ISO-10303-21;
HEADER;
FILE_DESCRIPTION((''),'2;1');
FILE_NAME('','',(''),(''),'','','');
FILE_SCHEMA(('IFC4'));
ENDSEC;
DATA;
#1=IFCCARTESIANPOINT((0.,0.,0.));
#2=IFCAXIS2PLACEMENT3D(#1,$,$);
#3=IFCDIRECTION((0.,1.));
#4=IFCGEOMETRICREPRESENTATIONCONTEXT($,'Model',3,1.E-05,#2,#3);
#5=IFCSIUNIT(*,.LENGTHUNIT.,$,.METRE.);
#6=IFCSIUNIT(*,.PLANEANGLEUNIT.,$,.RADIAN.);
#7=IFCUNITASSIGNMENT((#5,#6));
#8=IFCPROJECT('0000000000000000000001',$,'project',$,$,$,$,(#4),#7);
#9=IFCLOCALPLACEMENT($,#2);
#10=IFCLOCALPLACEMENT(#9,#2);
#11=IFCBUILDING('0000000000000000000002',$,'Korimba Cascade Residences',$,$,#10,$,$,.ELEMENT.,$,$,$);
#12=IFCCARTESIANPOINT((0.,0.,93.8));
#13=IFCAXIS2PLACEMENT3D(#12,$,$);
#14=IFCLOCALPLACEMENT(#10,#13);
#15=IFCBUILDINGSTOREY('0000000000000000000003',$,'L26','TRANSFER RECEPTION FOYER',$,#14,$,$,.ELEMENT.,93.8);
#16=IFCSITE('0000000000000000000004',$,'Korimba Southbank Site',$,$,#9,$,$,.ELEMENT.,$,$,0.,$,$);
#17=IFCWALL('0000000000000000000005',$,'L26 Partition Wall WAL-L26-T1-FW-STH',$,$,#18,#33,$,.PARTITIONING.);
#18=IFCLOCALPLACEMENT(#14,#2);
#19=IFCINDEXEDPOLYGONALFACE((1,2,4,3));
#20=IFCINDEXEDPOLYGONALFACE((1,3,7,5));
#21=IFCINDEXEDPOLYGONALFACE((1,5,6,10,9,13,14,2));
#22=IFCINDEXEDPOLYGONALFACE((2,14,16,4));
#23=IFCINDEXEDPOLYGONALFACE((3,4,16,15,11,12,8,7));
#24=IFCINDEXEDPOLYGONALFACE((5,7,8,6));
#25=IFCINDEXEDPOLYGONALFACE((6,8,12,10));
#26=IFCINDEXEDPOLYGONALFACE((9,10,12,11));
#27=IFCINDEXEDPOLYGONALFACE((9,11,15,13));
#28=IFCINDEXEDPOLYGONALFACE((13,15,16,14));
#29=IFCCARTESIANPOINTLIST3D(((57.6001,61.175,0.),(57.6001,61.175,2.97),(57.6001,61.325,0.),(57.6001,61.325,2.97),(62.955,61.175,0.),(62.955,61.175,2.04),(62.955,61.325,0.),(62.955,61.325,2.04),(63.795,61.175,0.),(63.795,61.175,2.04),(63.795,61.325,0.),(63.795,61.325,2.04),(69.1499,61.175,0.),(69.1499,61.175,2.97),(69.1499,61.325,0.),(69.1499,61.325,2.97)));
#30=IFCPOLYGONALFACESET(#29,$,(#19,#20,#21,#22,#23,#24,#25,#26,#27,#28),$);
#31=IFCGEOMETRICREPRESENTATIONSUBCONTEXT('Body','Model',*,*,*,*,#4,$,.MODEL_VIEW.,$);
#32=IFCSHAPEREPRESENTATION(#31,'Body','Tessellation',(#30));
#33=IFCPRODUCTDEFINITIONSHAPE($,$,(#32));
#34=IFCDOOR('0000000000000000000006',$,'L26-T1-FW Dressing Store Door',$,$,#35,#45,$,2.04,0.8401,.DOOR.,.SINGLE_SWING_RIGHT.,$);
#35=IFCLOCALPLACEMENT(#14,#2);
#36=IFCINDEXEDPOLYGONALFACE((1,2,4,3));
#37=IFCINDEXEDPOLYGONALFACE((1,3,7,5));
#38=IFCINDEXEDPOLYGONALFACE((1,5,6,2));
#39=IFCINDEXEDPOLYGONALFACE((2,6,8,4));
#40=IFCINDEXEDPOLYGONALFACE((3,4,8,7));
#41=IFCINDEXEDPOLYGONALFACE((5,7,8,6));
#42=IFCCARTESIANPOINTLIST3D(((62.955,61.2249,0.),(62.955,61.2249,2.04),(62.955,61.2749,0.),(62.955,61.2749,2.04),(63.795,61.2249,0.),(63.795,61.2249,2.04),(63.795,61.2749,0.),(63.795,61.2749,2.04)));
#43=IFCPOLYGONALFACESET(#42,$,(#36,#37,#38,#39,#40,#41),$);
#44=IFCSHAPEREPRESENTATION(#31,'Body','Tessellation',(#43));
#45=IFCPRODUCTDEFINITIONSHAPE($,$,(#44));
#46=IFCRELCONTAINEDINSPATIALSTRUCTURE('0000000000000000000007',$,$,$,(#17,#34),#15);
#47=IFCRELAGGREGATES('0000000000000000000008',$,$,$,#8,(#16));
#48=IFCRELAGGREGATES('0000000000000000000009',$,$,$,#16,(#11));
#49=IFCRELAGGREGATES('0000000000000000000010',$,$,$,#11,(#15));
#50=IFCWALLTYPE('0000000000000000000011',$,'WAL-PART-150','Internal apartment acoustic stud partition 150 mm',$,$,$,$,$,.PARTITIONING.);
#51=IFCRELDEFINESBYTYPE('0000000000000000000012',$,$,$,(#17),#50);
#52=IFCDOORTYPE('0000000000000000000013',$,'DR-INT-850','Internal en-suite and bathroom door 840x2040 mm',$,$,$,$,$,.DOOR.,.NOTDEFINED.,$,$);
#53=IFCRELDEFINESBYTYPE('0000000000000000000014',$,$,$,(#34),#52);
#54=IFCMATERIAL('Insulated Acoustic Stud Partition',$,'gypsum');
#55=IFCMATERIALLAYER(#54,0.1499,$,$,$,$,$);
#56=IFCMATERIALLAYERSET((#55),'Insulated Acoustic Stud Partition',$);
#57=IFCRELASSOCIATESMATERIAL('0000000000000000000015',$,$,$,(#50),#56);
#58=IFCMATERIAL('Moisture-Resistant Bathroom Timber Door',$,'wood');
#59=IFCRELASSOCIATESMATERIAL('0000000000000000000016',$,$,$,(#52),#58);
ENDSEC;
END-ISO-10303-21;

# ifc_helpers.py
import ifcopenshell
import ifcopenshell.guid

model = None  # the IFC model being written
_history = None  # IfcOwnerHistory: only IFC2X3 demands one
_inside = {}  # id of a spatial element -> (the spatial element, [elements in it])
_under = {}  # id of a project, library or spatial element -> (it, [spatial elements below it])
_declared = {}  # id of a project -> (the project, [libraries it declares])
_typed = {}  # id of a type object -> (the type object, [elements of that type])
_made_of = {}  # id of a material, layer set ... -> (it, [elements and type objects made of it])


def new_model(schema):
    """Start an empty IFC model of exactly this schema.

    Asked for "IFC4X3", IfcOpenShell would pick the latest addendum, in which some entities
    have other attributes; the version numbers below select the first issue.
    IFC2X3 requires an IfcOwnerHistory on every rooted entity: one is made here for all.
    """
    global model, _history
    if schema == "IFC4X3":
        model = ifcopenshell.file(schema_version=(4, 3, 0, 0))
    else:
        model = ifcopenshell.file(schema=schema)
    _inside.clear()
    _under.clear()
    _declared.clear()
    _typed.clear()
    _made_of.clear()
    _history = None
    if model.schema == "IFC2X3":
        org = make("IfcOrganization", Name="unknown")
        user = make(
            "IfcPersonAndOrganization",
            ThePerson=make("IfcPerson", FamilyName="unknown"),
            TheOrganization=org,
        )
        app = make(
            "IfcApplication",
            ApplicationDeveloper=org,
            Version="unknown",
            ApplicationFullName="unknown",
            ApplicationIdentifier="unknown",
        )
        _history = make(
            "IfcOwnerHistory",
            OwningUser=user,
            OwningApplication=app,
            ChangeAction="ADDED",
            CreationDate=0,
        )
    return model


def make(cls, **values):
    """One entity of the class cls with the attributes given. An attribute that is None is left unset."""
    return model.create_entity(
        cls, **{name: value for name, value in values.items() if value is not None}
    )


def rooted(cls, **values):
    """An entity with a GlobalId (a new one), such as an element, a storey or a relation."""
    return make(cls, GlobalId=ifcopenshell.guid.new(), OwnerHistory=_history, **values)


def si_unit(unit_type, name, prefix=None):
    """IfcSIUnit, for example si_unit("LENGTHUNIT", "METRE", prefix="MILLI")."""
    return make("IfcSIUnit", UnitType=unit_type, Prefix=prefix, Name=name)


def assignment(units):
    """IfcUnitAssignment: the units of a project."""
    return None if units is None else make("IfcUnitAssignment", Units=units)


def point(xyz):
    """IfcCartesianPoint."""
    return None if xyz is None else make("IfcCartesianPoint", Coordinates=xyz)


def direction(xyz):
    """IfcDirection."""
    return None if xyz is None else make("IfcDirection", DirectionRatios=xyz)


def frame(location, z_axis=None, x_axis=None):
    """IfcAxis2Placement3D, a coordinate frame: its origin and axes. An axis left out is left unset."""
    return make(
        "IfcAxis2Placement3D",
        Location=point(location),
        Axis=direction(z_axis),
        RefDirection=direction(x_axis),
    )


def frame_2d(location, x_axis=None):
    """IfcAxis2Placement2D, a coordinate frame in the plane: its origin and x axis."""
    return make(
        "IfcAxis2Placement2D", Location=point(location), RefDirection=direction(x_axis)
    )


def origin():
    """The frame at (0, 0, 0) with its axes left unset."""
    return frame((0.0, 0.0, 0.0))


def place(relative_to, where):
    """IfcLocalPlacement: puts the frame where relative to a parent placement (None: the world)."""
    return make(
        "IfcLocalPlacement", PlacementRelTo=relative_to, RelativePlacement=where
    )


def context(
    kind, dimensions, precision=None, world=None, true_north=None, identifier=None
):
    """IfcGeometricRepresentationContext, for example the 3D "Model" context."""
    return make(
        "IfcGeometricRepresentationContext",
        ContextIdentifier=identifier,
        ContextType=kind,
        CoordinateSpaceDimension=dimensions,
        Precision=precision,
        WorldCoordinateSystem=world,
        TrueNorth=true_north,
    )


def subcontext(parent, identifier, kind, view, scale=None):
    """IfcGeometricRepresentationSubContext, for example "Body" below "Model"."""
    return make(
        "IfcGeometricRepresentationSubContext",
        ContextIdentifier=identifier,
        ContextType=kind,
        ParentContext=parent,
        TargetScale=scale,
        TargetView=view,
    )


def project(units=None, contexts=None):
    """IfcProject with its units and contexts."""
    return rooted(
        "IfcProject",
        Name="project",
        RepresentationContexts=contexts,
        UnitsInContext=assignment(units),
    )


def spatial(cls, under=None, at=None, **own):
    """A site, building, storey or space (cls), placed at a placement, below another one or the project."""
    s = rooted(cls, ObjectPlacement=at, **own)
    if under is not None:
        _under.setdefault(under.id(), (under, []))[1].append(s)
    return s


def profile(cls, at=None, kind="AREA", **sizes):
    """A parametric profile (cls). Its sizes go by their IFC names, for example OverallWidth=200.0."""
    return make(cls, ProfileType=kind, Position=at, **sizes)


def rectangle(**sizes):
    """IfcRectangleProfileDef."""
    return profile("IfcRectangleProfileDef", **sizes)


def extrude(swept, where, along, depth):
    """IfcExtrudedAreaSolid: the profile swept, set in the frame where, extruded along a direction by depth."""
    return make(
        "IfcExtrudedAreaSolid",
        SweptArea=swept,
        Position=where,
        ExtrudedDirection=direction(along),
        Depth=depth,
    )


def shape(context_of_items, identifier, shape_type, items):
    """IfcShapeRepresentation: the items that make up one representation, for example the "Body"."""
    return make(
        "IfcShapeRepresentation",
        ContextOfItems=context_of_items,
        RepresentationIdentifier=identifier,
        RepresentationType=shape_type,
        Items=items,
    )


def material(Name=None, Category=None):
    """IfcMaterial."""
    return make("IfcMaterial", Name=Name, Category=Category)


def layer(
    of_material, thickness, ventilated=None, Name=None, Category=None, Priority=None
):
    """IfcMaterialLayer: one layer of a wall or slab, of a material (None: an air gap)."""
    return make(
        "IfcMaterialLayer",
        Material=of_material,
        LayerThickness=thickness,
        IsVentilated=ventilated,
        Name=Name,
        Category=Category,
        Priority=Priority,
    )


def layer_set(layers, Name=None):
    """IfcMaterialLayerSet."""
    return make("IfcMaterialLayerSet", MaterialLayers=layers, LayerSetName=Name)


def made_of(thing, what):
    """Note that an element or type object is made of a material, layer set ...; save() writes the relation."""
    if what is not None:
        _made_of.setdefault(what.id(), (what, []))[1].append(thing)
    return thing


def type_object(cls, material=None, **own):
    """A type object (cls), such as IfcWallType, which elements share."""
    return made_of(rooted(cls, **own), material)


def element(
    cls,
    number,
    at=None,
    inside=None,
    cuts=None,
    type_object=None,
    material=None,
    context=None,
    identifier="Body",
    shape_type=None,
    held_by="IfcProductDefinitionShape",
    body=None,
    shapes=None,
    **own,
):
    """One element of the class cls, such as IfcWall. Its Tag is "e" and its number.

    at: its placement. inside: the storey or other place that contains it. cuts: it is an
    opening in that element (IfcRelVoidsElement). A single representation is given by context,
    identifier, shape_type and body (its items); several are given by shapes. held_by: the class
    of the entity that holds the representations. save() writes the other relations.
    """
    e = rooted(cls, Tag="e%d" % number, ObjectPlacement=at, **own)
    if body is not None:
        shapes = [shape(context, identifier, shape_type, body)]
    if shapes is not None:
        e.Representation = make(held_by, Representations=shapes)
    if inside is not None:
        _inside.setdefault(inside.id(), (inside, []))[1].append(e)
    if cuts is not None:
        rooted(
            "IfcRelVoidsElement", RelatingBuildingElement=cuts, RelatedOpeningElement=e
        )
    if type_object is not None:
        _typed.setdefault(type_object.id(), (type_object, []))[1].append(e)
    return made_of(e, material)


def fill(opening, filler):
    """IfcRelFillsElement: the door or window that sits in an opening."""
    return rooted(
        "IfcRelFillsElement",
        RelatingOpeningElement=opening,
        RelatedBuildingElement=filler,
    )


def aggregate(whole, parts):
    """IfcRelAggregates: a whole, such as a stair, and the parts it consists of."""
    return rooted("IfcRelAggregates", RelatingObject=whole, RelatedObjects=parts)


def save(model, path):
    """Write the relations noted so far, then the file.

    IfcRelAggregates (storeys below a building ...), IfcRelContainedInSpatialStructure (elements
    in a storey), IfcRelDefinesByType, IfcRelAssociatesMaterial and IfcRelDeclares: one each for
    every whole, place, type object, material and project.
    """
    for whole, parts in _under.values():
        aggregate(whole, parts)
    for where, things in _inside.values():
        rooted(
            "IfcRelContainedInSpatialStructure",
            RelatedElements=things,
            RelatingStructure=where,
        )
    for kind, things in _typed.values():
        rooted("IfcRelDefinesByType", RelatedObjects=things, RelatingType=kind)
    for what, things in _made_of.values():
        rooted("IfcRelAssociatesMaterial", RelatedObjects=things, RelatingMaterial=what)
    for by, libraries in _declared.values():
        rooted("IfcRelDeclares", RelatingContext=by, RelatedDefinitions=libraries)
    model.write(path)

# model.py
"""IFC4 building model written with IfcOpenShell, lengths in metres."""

from ifc_helpers import new_model, si_unit, direction, frame, frame_2d, origin, place, context, subcontext, project, spatial, rectangle, extrude, material, layer, layer_set, type_object, element, fill, save


model = new_model("IFC4")

# Units and contexts
model_context = context("Model", 3, precision=1e-05, world=origin(), true_north=direction((0.0, 1.0)))
body_context = subcontext(model_context, "Body", "Model", "MODEL_VIEW")
ifc_project = project(units=[si_unit("LENGTHUNIT", "METRE"), si_unit("PLANEANGLEUNIT", "RADIAN")], contexts=[model_context])

# Site, building, storey
site_placement = place(None, origin())
site = spatial("IfcSite", under=ifc_project, at=site_placement, Name="Korimba Southbank Site", CompositionType="ELEMENT", RefElevation=0.0)
building_placement = place(site_placement, origin())
building = spatial("IfcBuilding", under=site, at=building_placement, Name="Korimba Cascade Residences", CompositionType="ELEMENT")
storey_placement = place(building_placement, frame((0.0, 0.0, 93.8)))
storey = spatial("IfcBuildingStorey", under=building, at=storey_placement, Name="L26", Description="TRANSFER RECEPTION FOYER", CompositionType="ELEMENT", Elevation=93.8)

# Wall, opening, door
ifc_material_1 = material(Name="Insulated Acoustic Stud Partition", Category="gypsum")
ifc_layer_1 = layer(ifc_material_1, 0.1499)
ifc_layer_set_1 = layer_set([ifc_layer_1], Name="Insulated Acoustic Stud Partition")
wall_type_1 = type_object("IfcWallType", Name="WAL-PART-150", Description="Internal apartment acoustic stud partition 150 mm", PredefinedType="PARTITIONING", material=ifc_layer_set_1)
wall_1_placement = place(storey_placement, frame((57.6001, 61.25, 0.0), z_axis=(0.0, 0.0, 1.0), x_axis=(1.0, 0.0, 0.0)))
wall_1 = element("IfcWall", 1, at=wall_1_placement, inside=storey, type_object=wall_type_1, Name="L26 Partition Wall WAL-L26-T1-FW-STH", PredefinedType="PARTITIONING", context=body_context, shape_type="SweptSolid", body=[
    extrude(rectangle(XDim=11.5498, YDim=0.1499, at=frame_2d((5.7749, 0.0))), origin(), (0.0, 0.0, 1.0), 2.97),
])
opening_1_placement = place(wall_1_placement, frame((5.355, 0.0, 0.0)))
opening_1 = element("IfcOpeningElement", 2, at=opening_1_placement, cuts=wall_1, PredefinedType="OPENING", context=body_context, shape_type="SweptSolid", body=[
    extrude(rectangle(XDim=0.8401, YDim=2.04, at=frame_2d((0.4199, 1.02))), frame((0.0, 0.085, 0.0), z_axis=(0.0, -1.0, 0.0), x_axis=(1.0, 0.0, 0.0)), (0.0, 0.0, 1.0), 0.1699),
])
ifc_material_2 = material(Name="Moisture-Resistant Bathroom Timber Door", Category="wood")
door_type_1 = type_object("IfcDoorType", Name="DR-INT-850", Description="Internal en-suite and bathroom door 840x2040 mm", OperationType="NOTDEFINED", PredefinedType="DOOR", material=ifc_material_2)
door_1_placement = place(opening_1_placement, origin())
door_1 = element("IfcDoor", 3, at=door_1_placement, inside=storey, type_object=door_type_1, Name="L26-T1-FW Dressing Store Door", OperationType="SINGLE_SWING_RIGHT", OverallHeight=2.04, OverallWidth=0.8401, PredefinedType="DOOR", context=body_context, shape_type="SweptSolid", body=[
    extrude(rectangle(XDim=0.8401, YDim=2.04, at=frame_2d((0.4199, 1.02))), frame((0.0, 0.0249, 0.0), z_axis=(0.0, -1.0, 0.0), x_axis=(1.0, 0.0, 0.0)), (0.0, 0.0, 1.0), 0.05),
])
fill(opening_1, door_1)

save(model, "model.ifc")
